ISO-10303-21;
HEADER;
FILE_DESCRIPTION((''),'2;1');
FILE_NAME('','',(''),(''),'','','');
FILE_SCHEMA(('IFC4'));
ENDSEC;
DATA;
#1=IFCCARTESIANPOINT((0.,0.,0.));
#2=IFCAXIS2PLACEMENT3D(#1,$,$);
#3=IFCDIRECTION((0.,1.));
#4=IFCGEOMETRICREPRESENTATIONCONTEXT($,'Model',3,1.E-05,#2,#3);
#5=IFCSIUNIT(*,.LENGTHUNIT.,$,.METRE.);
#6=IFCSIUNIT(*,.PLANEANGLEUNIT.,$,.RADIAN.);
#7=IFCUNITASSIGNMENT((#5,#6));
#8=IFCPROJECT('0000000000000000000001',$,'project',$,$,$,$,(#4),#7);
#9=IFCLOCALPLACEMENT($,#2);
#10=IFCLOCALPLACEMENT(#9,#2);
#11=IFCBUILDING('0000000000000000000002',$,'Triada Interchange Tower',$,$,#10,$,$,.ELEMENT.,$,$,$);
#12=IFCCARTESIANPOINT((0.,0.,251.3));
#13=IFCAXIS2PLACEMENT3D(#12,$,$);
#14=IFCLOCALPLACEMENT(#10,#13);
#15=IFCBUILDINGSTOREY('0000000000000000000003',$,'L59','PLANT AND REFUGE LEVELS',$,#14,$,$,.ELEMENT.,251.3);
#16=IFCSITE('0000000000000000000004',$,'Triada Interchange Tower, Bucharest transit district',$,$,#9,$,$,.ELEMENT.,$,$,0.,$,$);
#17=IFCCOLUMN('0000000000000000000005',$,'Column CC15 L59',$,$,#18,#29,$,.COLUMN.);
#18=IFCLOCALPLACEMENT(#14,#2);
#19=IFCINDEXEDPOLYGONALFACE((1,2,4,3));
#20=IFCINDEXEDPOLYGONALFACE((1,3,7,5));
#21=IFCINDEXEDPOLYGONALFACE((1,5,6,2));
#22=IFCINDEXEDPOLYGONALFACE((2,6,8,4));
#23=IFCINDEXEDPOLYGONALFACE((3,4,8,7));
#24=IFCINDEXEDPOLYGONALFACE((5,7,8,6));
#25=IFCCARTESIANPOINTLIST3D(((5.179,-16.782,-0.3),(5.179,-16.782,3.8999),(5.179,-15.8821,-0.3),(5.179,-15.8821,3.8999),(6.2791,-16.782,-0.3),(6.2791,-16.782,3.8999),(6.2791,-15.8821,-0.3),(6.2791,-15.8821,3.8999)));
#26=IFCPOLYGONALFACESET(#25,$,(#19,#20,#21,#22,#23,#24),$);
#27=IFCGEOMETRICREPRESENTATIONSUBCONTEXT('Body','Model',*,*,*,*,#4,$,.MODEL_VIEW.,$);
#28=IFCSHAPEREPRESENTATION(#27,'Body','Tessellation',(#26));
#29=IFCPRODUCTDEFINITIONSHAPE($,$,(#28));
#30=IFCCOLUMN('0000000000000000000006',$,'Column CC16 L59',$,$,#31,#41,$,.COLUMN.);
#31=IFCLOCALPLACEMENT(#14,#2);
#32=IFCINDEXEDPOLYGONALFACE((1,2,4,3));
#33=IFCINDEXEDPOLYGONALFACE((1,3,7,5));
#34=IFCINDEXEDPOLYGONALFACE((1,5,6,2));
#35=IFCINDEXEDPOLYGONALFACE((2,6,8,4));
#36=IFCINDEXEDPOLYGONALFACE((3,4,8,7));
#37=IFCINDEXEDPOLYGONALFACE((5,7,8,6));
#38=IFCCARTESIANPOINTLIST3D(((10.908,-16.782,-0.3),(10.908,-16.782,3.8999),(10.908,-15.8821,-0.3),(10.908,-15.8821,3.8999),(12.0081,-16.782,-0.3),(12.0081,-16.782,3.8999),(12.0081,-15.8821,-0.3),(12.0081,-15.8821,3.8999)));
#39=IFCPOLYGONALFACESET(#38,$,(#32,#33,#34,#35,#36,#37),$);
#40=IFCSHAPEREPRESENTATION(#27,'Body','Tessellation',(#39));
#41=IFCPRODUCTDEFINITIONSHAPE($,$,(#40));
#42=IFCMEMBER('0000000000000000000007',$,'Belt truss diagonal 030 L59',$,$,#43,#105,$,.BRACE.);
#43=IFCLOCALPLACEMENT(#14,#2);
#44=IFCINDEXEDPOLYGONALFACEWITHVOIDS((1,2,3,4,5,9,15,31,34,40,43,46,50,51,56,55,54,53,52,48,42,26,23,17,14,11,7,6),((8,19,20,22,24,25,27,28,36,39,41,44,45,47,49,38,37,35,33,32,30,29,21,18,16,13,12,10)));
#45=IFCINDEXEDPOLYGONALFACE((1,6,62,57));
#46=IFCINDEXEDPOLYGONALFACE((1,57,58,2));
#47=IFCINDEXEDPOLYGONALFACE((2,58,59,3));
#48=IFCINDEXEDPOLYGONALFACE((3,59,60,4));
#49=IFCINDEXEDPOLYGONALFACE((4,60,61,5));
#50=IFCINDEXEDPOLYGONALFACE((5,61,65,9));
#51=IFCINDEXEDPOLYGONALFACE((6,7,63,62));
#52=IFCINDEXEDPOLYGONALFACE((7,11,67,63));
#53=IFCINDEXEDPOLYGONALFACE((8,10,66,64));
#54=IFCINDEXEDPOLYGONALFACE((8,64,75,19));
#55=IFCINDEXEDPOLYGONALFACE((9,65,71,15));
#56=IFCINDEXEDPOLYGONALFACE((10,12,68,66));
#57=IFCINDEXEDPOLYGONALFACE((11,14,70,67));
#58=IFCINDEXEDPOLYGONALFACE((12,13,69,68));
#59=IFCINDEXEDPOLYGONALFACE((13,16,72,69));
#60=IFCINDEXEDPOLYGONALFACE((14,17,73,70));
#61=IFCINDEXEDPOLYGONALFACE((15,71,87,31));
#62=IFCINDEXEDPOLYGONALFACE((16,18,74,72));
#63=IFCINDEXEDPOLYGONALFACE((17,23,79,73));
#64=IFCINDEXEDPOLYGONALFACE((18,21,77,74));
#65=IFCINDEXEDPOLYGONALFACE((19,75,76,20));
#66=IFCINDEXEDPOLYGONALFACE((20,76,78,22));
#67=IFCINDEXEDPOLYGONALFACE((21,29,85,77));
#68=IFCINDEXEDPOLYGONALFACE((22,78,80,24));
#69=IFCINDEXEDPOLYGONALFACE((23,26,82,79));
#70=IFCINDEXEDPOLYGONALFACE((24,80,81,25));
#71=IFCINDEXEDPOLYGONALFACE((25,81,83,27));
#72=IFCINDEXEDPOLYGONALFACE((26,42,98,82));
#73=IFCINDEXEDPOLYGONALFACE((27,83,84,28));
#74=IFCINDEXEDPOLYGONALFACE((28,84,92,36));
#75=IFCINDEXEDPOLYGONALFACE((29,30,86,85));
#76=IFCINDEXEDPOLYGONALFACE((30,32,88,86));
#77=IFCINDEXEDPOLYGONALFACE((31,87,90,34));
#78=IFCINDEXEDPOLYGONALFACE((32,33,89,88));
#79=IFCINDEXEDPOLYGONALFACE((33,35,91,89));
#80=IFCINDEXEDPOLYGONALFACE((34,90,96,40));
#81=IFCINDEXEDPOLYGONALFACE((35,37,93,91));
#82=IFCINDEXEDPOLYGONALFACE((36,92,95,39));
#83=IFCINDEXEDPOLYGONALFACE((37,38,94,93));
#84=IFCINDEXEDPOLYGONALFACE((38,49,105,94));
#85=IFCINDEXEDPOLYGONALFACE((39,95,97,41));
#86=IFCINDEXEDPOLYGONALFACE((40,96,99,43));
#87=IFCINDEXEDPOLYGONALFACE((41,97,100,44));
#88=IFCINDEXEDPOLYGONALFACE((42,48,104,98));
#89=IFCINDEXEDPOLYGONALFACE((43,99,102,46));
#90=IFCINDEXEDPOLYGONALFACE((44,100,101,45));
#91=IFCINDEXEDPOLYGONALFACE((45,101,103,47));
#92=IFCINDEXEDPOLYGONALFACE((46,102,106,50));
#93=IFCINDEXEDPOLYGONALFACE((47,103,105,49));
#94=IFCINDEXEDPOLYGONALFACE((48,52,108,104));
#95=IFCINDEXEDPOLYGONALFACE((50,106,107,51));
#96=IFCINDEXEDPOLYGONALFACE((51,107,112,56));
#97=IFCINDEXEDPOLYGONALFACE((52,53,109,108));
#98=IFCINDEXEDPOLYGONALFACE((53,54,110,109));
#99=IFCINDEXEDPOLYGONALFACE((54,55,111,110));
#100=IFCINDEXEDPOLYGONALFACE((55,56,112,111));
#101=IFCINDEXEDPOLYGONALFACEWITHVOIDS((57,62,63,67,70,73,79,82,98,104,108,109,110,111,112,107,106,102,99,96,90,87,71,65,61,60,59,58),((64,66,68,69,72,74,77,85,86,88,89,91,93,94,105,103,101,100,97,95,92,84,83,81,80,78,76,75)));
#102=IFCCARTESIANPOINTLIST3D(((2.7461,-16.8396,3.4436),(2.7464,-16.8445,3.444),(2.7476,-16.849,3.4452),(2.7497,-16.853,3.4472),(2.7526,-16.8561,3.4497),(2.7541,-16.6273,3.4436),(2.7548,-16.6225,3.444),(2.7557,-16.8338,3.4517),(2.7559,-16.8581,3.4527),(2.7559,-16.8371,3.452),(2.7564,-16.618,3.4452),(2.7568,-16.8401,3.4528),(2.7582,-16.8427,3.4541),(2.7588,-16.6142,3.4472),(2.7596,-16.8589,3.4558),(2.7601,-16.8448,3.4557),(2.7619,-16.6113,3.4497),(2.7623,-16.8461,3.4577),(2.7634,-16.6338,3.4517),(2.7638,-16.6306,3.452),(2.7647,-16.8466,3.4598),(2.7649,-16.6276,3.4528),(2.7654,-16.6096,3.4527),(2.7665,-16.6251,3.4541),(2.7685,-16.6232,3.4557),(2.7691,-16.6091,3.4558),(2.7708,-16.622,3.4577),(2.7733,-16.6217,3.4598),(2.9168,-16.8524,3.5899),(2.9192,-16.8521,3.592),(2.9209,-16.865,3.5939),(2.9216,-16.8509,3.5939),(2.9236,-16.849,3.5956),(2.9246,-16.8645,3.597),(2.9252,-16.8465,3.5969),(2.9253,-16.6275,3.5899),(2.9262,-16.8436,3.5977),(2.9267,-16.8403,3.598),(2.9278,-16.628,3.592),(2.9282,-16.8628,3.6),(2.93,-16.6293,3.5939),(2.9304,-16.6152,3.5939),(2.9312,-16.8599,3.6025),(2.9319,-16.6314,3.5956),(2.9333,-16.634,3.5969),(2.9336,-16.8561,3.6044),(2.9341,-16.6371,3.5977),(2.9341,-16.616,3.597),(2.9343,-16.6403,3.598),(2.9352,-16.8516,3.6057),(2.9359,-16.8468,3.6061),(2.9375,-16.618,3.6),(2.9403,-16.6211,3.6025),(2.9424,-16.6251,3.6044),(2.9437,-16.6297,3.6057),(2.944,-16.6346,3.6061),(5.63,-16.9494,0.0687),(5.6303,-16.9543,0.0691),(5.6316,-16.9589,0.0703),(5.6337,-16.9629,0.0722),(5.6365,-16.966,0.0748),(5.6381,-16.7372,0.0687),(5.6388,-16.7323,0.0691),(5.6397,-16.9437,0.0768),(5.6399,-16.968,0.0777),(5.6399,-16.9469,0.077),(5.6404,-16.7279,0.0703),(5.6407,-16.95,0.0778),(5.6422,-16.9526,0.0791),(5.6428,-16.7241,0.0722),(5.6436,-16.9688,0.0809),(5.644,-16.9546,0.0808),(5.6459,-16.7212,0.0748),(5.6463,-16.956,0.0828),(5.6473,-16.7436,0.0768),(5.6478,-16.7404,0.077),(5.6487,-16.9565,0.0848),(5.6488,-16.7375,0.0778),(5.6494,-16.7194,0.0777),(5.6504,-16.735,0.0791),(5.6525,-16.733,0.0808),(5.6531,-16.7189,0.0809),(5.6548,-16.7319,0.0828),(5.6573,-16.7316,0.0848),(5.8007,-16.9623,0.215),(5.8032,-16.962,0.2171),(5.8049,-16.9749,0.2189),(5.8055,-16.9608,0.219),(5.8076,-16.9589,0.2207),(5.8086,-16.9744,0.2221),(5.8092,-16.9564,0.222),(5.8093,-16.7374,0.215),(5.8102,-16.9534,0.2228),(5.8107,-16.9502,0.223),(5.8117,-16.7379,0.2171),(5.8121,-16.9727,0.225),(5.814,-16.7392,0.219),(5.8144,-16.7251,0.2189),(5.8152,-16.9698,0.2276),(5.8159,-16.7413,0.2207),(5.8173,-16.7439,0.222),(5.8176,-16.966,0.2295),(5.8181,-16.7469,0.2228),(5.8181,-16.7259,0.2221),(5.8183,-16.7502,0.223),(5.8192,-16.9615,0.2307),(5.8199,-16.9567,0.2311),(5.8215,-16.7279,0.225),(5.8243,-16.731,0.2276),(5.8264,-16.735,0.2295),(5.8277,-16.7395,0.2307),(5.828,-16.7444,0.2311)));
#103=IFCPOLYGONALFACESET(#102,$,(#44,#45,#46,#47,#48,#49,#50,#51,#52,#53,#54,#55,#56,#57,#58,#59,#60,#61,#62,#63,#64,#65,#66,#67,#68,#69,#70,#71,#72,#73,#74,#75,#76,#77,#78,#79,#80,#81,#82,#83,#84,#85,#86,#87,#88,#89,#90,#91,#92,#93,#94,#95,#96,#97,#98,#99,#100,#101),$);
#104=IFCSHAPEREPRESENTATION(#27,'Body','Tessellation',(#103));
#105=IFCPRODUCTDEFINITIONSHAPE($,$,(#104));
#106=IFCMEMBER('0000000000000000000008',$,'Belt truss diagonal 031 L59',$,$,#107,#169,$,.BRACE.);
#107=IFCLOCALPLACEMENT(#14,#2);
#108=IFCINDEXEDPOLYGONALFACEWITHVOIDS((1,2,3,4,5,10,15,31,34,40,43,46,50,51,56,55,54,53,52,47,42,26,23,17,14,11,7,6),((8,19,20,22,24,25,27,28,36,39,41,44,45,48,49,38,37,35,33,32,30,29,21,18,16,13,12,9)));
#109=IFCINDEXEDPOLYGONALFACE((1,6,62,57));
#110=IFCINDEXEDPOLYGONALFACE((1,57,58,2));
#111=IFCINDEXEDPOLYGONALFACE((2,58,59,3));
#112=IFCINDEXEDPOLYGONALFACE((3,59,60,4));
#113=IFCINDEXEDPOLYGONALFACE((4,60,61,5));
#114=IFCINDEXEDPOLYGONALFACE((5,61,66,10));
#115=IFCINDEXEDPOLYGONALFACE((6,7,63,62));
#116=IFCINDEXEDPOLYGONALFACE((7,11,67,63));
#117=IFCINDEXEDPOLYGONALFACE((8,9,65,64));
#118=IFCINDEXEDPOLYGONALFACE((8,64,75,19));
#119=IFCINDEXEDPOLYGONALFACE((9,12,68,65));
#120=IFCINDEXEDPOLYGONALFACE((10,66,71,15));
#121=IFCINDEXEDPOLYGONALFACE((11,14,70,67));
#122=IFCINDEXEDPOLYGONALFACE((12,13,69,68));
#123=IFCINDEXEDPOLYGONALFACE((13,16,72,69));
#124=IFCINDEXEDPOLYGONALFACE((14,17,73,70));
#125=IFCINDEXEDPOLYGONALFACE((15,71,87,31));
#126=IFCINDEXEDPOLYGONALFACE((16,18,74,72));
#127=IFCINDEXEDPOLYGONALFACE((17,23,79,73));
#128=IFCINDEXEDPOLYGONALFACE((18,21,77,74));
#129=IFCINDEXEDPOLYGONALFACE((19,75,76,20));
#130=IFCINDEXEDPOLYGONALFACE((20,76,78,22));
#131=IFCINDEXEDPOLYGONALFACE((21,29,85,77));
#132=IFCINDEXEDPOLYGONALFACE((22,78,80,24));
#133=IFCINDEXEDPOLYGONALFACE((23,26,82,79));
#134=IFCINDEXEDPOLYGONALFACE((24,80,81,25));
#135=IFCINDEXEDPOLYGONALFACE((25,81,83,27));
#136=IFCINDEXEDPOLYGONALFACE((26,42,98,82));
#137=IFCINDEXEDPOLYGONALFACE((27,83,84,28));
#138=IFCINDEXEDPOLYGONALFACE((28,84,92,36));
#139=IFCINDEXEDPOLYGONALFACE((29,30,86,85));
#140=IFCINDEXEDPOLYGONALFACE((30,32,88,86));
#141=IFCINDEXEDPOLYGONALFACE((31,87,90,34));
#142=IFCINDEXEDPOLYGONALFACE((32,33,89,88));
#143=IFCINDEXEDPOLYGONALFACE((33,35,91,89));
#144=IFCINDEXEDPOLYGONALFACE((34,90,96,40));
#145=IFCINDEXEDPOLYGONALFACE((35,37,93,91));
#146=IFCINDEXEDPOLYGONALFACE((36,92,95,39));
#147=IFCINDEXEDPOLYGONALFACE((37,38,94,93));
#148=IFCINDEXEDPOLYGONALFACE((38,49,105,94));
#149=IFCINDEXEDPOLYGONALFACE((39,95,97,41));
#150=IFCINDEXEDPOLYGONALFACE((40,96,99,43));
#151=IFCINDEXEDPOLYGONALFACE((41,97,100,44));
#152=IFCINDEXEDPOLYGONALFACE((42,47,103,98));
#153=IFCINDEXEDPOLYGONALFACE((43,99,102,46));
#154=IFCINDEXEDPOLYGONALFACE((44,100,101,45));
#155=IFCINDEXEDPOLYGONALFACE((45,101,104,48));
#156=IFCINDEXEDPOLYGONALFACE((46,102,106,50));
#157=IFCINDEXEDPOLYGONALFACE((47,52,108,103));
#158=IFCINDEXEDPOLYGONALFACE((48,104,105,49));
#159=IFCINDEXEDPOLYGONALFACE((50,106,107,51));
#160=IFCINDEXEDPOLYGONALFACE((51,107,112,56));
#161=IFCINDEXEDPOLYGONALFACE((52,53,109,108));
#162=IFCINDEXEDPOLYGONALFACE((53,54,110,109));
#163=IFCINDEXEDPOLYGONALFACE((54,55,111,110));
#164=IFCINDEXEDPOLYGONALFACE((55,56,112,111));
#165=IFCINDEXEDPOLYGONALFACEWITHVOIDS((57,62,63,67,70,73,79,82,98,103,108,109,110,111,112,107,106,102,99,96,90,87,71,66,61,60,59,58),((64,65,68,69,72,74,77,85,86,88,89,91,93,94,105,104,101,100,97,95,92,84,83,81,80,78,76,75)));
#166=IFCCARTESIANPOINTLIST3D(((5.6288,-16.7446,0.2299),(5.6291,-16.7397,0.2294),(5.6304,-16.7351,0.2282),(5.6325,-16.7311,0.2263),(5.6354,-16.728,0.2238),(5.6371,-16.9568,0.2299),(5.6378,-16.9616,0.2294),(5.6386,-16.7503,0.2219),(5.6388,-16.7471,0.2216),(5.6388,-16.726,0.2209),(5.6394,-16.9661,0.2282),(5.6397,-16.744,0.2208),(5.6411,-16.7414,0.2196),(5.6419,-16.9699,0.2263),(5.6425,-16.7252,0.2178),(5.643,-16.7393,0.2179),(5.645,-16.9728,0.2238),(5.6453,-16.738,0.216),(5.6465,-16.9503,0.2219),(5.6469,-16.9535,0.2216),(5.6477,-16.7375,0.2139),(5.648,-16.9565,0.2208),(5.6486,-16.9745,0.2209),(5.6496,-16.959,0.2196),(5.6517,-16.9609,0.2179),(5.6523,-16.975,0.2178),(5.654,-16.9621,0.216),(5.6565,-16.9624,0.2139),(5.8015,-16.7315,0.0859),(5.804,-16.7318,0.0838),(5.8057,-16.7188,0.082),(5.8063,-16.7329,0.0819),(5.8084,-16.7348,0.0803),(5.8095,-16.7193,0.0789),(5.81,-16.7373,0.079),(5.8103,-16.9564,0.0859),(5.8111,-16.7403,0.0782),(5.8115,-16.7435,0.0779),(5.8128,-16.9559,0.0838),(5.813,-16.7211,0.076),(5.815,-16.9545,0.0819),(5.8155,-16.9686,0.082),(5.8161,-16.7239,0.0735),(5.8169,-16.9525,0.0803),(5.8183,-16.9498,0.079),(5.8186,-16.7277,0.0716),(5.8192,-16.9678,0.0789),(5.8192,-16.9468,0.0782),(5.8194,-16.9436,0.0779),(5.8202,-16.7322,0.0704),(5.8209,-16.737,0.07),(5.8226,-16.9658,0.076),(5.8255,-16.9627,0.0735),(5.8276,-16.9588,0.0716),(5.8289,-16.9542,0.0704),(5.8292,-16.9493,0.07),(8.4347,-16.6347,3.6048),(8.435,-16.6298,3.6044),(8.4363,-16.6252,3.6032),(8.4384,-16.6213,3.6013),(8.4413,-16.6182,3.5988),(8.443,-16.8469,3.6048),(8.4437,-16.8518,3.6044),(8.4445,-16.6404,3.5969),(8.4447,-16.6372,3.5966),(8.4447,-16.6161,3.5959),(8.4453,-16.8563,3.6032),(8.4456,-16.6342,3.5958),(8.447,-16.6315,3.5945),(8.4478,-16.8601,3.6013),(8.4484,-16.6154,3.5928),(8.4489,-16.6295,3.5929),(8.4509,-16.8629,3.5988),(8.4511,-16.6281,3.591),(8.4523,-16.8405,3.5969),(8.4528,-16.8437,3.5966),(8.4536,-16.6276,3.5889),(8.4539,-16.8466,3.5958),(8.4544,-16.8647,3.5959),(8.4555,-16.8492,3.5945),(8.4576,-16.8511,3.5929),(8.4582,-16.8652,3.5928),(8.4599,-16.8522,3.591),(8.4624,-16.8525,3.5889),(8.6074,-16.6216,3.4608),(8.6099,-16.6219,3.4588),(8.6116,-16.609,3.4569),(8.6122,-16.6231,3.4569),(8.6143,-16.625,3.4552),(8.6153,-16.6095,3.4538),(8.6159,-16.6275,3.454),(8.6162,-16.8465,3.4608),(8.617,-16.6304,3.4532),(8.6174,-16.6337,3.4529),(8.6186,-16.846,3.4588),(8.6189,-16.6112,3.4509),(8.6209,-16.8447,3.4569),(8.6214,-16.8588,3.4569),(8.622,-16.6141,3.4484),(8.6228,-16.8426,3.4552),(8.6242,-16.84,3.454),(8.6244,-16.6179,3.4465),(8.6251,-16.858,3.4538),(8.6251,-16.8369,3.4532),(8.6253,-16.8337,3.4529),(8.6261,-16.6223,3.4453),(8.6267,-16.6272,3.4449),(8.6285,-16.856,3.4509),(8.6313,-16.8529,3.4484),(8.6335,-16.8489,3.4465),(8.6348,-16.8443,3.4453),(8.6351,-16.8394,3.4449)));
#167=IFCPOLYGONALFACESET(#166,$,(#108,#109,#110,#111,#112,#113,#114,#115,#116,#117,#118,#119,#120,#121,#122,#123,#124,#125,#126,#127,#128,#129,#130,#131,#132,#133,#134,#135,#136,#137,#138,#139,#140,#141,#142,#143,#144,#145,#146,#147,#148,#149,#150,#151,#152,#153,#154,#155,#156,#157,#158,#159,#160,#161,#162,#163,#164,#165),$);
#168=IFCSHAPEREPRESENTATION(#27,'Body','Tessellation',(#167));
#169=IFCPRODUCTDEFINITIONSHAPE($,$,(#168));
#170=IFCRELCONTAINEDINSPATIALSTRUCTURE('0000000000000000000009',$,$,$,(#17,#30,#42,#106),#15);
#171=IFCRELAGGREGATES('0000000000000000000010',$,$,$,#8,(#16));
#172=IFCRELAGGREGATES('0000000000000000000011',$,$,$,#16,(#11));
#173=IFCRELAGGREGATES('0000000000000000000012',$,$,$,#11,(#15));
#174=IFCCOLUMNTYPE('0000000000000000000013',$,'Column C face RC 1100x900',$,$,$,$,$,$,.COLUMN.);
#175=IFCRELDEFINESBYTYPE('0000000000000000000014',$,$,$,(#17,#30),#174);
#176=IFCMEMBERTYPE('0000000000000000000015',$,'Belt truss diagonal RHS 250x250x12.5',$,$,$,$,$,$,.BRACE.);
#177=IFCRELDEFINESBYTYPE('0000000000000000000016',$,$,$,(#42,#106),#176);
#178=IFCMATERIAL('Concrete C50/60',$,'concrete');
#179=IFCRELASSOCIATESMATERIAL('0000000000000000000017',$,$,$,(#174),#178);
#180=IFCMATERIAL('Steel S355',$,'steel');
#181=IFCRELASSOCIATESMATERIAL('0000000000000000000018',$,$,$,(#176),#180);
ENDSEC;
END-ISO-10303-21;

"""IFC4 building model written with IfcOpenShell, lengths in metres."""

from ifc_helpers import new_model, si_unit, direction, frame, origin, origin_2d, place, context, subcontext, project, spatial, rectangle, hollow_rectangle, extrude, material, material_profile, profile_set, type_object, element, save


model = new_model("IFC4")

# Units and contexts
model_context = context("Model", 3, precision=1e-05, world=origin(), true_north=direction((0.0, 1.0)))
body_context = subcontext(model_context, "Body", "Model", "MODEL_VIEW")
ifc_project = project(units=[si_unit("LENGTHUNIT", "METRE"), si_unit("PLANEANGLEUNIT", "RADIAN")], contexts=[model_context])

# Site, building, storey
site_placement = place(None, origin())
site = spatial("IfcSite", under=ifc_project, at=site_placement, Name="Triada Interchange Tower, Bucharest transit district", CompositionType="ELEMENT", RefElevation=0.0)
building_placement = place(site_placement, origin())
building = spatial("IfcBuilding", under=site, at=building_placement, Name="Triada Interchange Tower", CompositionType="ELEMENT")
storey_placement = place(building_placement, frame((0.0, 0.0, 251.3)))
storey = spatial("IfcBuildingStorey", under=building, at=storey_placement, Name="L59", Description="PLANT AND REFUGE LEVELS", CompositionType="ELEMENT", Elevation=251.3)

# Columns
ifc_material_1 = material(Name="Concrete C50/60", Category="concrete")
ifc_material_profile_1 = material_profile(ifc_material_1, rectangle(XDim=1.1001, YDim=0.8999, at=origin_2d()), Name="RC 1100x900")
ifc_profile_set_1 = profile_set([ifc_material_profile_1], Name="Concrete C50/60")
column_type = type_object("IfcColumnType", Name="Column C face RC 1100x900", PredefinedType="COLUMN", material=ifc_profile_set_1)
for number, where, z_axis, x_axis, name in (
    (1, (5.729, -16.332, -0.3), (0.0, 0.0, 1.0), (1.0, 0.0, 0.0), "Column CC15 L59"),
    (2, (11.458, -16.332, -0.3), (0.0, 0.0, 1.0), (1.0, 0.0, 0.0), "Column CC16 L59"),
):
    element("IfcColumn", number, at=place(storey_placement, frame(where, z_axis=z_axis, x_axis=x_axis)), inside=storey, type_object=column_type, Name=name, PredefinedType="COLUMN", context=body_context, shape_type="SweptSolid", body=[
        extrude(rectangle(XDim=1.1001, YDim=0.8999, at=origin_2d()), origin(), (0.0, 0.0, 1.0), 4.2),
    ])

# Members
ifc_material_2 = material(Name="Steel S355", Category="steel")
ifc_material_profile_2 = material_profile(ifc_material_2, hollow_rectangle(XDim=0.25, YDim=0.25, WallThickness=0.0125, InnerFilletRadius=0.0125, OuterFilletRadius=0.0188, at=origin_2d()), Name="RHS 250x250x12.5")
ifc_profile_set_2 = profile_set([ifc_material_profile_2], Name="Steel S355")
member_type = type_object("IfcMemberType", Name="Belt truss diagonal RHS 250x250x12.5", PredefinedType="BRACE", material=ifc_profile_set_2)
member_1_placement = place(storey_placement, frame((5.729, -16.8469, 0.1499), z_axis=(-0.649446, 0.02474, 0.760005), x_axis=(-0.038066, -0.999275, 0.0)))
element("IfcMember", 3, at=member_1_placement, inside=storey, type_object=member_type, Name="Belt truss diagonal 030 L59", PredefinedType="BRACE", context=body_context, shape_type="SweptSolid", body=[
    extrude(hollow_rectangle(XDim=0.25, YDim=0.25, WallThickness=0.0125, InnerFilletRadius=0.0125, OuterFilletRadius=0.0188, at=origin_2d()), origin(), (0.0, 0.0, 1.0), 4.4407),
])
member_2_placement = place(storey_placement, frame((5.729, -16.8469, 0.1499), z_axis=(0.639097, 0.025023, 0.768719), x_axis=(-0.039124, 0.999234, 0.0)))
element("IfcMember", 4, at=member_2_placement, inside=storey, type_object=member_type, Name="Belt truss diagonal 031 L59", PredefinedType="BRACE", context=body_context, shape_type="SweptSolid", body=[
    extrude(hollow_rectangle(XDim=0.25, YDim=0.25, WallThickness=0.0125, InnerFilletRadius=0.0125, OuterFilletRadius=0.0188, at=origin_2d()), origin(), (0.0, 0.0, 1.0), 4.3904),
])

save(model, "model.ifc")
